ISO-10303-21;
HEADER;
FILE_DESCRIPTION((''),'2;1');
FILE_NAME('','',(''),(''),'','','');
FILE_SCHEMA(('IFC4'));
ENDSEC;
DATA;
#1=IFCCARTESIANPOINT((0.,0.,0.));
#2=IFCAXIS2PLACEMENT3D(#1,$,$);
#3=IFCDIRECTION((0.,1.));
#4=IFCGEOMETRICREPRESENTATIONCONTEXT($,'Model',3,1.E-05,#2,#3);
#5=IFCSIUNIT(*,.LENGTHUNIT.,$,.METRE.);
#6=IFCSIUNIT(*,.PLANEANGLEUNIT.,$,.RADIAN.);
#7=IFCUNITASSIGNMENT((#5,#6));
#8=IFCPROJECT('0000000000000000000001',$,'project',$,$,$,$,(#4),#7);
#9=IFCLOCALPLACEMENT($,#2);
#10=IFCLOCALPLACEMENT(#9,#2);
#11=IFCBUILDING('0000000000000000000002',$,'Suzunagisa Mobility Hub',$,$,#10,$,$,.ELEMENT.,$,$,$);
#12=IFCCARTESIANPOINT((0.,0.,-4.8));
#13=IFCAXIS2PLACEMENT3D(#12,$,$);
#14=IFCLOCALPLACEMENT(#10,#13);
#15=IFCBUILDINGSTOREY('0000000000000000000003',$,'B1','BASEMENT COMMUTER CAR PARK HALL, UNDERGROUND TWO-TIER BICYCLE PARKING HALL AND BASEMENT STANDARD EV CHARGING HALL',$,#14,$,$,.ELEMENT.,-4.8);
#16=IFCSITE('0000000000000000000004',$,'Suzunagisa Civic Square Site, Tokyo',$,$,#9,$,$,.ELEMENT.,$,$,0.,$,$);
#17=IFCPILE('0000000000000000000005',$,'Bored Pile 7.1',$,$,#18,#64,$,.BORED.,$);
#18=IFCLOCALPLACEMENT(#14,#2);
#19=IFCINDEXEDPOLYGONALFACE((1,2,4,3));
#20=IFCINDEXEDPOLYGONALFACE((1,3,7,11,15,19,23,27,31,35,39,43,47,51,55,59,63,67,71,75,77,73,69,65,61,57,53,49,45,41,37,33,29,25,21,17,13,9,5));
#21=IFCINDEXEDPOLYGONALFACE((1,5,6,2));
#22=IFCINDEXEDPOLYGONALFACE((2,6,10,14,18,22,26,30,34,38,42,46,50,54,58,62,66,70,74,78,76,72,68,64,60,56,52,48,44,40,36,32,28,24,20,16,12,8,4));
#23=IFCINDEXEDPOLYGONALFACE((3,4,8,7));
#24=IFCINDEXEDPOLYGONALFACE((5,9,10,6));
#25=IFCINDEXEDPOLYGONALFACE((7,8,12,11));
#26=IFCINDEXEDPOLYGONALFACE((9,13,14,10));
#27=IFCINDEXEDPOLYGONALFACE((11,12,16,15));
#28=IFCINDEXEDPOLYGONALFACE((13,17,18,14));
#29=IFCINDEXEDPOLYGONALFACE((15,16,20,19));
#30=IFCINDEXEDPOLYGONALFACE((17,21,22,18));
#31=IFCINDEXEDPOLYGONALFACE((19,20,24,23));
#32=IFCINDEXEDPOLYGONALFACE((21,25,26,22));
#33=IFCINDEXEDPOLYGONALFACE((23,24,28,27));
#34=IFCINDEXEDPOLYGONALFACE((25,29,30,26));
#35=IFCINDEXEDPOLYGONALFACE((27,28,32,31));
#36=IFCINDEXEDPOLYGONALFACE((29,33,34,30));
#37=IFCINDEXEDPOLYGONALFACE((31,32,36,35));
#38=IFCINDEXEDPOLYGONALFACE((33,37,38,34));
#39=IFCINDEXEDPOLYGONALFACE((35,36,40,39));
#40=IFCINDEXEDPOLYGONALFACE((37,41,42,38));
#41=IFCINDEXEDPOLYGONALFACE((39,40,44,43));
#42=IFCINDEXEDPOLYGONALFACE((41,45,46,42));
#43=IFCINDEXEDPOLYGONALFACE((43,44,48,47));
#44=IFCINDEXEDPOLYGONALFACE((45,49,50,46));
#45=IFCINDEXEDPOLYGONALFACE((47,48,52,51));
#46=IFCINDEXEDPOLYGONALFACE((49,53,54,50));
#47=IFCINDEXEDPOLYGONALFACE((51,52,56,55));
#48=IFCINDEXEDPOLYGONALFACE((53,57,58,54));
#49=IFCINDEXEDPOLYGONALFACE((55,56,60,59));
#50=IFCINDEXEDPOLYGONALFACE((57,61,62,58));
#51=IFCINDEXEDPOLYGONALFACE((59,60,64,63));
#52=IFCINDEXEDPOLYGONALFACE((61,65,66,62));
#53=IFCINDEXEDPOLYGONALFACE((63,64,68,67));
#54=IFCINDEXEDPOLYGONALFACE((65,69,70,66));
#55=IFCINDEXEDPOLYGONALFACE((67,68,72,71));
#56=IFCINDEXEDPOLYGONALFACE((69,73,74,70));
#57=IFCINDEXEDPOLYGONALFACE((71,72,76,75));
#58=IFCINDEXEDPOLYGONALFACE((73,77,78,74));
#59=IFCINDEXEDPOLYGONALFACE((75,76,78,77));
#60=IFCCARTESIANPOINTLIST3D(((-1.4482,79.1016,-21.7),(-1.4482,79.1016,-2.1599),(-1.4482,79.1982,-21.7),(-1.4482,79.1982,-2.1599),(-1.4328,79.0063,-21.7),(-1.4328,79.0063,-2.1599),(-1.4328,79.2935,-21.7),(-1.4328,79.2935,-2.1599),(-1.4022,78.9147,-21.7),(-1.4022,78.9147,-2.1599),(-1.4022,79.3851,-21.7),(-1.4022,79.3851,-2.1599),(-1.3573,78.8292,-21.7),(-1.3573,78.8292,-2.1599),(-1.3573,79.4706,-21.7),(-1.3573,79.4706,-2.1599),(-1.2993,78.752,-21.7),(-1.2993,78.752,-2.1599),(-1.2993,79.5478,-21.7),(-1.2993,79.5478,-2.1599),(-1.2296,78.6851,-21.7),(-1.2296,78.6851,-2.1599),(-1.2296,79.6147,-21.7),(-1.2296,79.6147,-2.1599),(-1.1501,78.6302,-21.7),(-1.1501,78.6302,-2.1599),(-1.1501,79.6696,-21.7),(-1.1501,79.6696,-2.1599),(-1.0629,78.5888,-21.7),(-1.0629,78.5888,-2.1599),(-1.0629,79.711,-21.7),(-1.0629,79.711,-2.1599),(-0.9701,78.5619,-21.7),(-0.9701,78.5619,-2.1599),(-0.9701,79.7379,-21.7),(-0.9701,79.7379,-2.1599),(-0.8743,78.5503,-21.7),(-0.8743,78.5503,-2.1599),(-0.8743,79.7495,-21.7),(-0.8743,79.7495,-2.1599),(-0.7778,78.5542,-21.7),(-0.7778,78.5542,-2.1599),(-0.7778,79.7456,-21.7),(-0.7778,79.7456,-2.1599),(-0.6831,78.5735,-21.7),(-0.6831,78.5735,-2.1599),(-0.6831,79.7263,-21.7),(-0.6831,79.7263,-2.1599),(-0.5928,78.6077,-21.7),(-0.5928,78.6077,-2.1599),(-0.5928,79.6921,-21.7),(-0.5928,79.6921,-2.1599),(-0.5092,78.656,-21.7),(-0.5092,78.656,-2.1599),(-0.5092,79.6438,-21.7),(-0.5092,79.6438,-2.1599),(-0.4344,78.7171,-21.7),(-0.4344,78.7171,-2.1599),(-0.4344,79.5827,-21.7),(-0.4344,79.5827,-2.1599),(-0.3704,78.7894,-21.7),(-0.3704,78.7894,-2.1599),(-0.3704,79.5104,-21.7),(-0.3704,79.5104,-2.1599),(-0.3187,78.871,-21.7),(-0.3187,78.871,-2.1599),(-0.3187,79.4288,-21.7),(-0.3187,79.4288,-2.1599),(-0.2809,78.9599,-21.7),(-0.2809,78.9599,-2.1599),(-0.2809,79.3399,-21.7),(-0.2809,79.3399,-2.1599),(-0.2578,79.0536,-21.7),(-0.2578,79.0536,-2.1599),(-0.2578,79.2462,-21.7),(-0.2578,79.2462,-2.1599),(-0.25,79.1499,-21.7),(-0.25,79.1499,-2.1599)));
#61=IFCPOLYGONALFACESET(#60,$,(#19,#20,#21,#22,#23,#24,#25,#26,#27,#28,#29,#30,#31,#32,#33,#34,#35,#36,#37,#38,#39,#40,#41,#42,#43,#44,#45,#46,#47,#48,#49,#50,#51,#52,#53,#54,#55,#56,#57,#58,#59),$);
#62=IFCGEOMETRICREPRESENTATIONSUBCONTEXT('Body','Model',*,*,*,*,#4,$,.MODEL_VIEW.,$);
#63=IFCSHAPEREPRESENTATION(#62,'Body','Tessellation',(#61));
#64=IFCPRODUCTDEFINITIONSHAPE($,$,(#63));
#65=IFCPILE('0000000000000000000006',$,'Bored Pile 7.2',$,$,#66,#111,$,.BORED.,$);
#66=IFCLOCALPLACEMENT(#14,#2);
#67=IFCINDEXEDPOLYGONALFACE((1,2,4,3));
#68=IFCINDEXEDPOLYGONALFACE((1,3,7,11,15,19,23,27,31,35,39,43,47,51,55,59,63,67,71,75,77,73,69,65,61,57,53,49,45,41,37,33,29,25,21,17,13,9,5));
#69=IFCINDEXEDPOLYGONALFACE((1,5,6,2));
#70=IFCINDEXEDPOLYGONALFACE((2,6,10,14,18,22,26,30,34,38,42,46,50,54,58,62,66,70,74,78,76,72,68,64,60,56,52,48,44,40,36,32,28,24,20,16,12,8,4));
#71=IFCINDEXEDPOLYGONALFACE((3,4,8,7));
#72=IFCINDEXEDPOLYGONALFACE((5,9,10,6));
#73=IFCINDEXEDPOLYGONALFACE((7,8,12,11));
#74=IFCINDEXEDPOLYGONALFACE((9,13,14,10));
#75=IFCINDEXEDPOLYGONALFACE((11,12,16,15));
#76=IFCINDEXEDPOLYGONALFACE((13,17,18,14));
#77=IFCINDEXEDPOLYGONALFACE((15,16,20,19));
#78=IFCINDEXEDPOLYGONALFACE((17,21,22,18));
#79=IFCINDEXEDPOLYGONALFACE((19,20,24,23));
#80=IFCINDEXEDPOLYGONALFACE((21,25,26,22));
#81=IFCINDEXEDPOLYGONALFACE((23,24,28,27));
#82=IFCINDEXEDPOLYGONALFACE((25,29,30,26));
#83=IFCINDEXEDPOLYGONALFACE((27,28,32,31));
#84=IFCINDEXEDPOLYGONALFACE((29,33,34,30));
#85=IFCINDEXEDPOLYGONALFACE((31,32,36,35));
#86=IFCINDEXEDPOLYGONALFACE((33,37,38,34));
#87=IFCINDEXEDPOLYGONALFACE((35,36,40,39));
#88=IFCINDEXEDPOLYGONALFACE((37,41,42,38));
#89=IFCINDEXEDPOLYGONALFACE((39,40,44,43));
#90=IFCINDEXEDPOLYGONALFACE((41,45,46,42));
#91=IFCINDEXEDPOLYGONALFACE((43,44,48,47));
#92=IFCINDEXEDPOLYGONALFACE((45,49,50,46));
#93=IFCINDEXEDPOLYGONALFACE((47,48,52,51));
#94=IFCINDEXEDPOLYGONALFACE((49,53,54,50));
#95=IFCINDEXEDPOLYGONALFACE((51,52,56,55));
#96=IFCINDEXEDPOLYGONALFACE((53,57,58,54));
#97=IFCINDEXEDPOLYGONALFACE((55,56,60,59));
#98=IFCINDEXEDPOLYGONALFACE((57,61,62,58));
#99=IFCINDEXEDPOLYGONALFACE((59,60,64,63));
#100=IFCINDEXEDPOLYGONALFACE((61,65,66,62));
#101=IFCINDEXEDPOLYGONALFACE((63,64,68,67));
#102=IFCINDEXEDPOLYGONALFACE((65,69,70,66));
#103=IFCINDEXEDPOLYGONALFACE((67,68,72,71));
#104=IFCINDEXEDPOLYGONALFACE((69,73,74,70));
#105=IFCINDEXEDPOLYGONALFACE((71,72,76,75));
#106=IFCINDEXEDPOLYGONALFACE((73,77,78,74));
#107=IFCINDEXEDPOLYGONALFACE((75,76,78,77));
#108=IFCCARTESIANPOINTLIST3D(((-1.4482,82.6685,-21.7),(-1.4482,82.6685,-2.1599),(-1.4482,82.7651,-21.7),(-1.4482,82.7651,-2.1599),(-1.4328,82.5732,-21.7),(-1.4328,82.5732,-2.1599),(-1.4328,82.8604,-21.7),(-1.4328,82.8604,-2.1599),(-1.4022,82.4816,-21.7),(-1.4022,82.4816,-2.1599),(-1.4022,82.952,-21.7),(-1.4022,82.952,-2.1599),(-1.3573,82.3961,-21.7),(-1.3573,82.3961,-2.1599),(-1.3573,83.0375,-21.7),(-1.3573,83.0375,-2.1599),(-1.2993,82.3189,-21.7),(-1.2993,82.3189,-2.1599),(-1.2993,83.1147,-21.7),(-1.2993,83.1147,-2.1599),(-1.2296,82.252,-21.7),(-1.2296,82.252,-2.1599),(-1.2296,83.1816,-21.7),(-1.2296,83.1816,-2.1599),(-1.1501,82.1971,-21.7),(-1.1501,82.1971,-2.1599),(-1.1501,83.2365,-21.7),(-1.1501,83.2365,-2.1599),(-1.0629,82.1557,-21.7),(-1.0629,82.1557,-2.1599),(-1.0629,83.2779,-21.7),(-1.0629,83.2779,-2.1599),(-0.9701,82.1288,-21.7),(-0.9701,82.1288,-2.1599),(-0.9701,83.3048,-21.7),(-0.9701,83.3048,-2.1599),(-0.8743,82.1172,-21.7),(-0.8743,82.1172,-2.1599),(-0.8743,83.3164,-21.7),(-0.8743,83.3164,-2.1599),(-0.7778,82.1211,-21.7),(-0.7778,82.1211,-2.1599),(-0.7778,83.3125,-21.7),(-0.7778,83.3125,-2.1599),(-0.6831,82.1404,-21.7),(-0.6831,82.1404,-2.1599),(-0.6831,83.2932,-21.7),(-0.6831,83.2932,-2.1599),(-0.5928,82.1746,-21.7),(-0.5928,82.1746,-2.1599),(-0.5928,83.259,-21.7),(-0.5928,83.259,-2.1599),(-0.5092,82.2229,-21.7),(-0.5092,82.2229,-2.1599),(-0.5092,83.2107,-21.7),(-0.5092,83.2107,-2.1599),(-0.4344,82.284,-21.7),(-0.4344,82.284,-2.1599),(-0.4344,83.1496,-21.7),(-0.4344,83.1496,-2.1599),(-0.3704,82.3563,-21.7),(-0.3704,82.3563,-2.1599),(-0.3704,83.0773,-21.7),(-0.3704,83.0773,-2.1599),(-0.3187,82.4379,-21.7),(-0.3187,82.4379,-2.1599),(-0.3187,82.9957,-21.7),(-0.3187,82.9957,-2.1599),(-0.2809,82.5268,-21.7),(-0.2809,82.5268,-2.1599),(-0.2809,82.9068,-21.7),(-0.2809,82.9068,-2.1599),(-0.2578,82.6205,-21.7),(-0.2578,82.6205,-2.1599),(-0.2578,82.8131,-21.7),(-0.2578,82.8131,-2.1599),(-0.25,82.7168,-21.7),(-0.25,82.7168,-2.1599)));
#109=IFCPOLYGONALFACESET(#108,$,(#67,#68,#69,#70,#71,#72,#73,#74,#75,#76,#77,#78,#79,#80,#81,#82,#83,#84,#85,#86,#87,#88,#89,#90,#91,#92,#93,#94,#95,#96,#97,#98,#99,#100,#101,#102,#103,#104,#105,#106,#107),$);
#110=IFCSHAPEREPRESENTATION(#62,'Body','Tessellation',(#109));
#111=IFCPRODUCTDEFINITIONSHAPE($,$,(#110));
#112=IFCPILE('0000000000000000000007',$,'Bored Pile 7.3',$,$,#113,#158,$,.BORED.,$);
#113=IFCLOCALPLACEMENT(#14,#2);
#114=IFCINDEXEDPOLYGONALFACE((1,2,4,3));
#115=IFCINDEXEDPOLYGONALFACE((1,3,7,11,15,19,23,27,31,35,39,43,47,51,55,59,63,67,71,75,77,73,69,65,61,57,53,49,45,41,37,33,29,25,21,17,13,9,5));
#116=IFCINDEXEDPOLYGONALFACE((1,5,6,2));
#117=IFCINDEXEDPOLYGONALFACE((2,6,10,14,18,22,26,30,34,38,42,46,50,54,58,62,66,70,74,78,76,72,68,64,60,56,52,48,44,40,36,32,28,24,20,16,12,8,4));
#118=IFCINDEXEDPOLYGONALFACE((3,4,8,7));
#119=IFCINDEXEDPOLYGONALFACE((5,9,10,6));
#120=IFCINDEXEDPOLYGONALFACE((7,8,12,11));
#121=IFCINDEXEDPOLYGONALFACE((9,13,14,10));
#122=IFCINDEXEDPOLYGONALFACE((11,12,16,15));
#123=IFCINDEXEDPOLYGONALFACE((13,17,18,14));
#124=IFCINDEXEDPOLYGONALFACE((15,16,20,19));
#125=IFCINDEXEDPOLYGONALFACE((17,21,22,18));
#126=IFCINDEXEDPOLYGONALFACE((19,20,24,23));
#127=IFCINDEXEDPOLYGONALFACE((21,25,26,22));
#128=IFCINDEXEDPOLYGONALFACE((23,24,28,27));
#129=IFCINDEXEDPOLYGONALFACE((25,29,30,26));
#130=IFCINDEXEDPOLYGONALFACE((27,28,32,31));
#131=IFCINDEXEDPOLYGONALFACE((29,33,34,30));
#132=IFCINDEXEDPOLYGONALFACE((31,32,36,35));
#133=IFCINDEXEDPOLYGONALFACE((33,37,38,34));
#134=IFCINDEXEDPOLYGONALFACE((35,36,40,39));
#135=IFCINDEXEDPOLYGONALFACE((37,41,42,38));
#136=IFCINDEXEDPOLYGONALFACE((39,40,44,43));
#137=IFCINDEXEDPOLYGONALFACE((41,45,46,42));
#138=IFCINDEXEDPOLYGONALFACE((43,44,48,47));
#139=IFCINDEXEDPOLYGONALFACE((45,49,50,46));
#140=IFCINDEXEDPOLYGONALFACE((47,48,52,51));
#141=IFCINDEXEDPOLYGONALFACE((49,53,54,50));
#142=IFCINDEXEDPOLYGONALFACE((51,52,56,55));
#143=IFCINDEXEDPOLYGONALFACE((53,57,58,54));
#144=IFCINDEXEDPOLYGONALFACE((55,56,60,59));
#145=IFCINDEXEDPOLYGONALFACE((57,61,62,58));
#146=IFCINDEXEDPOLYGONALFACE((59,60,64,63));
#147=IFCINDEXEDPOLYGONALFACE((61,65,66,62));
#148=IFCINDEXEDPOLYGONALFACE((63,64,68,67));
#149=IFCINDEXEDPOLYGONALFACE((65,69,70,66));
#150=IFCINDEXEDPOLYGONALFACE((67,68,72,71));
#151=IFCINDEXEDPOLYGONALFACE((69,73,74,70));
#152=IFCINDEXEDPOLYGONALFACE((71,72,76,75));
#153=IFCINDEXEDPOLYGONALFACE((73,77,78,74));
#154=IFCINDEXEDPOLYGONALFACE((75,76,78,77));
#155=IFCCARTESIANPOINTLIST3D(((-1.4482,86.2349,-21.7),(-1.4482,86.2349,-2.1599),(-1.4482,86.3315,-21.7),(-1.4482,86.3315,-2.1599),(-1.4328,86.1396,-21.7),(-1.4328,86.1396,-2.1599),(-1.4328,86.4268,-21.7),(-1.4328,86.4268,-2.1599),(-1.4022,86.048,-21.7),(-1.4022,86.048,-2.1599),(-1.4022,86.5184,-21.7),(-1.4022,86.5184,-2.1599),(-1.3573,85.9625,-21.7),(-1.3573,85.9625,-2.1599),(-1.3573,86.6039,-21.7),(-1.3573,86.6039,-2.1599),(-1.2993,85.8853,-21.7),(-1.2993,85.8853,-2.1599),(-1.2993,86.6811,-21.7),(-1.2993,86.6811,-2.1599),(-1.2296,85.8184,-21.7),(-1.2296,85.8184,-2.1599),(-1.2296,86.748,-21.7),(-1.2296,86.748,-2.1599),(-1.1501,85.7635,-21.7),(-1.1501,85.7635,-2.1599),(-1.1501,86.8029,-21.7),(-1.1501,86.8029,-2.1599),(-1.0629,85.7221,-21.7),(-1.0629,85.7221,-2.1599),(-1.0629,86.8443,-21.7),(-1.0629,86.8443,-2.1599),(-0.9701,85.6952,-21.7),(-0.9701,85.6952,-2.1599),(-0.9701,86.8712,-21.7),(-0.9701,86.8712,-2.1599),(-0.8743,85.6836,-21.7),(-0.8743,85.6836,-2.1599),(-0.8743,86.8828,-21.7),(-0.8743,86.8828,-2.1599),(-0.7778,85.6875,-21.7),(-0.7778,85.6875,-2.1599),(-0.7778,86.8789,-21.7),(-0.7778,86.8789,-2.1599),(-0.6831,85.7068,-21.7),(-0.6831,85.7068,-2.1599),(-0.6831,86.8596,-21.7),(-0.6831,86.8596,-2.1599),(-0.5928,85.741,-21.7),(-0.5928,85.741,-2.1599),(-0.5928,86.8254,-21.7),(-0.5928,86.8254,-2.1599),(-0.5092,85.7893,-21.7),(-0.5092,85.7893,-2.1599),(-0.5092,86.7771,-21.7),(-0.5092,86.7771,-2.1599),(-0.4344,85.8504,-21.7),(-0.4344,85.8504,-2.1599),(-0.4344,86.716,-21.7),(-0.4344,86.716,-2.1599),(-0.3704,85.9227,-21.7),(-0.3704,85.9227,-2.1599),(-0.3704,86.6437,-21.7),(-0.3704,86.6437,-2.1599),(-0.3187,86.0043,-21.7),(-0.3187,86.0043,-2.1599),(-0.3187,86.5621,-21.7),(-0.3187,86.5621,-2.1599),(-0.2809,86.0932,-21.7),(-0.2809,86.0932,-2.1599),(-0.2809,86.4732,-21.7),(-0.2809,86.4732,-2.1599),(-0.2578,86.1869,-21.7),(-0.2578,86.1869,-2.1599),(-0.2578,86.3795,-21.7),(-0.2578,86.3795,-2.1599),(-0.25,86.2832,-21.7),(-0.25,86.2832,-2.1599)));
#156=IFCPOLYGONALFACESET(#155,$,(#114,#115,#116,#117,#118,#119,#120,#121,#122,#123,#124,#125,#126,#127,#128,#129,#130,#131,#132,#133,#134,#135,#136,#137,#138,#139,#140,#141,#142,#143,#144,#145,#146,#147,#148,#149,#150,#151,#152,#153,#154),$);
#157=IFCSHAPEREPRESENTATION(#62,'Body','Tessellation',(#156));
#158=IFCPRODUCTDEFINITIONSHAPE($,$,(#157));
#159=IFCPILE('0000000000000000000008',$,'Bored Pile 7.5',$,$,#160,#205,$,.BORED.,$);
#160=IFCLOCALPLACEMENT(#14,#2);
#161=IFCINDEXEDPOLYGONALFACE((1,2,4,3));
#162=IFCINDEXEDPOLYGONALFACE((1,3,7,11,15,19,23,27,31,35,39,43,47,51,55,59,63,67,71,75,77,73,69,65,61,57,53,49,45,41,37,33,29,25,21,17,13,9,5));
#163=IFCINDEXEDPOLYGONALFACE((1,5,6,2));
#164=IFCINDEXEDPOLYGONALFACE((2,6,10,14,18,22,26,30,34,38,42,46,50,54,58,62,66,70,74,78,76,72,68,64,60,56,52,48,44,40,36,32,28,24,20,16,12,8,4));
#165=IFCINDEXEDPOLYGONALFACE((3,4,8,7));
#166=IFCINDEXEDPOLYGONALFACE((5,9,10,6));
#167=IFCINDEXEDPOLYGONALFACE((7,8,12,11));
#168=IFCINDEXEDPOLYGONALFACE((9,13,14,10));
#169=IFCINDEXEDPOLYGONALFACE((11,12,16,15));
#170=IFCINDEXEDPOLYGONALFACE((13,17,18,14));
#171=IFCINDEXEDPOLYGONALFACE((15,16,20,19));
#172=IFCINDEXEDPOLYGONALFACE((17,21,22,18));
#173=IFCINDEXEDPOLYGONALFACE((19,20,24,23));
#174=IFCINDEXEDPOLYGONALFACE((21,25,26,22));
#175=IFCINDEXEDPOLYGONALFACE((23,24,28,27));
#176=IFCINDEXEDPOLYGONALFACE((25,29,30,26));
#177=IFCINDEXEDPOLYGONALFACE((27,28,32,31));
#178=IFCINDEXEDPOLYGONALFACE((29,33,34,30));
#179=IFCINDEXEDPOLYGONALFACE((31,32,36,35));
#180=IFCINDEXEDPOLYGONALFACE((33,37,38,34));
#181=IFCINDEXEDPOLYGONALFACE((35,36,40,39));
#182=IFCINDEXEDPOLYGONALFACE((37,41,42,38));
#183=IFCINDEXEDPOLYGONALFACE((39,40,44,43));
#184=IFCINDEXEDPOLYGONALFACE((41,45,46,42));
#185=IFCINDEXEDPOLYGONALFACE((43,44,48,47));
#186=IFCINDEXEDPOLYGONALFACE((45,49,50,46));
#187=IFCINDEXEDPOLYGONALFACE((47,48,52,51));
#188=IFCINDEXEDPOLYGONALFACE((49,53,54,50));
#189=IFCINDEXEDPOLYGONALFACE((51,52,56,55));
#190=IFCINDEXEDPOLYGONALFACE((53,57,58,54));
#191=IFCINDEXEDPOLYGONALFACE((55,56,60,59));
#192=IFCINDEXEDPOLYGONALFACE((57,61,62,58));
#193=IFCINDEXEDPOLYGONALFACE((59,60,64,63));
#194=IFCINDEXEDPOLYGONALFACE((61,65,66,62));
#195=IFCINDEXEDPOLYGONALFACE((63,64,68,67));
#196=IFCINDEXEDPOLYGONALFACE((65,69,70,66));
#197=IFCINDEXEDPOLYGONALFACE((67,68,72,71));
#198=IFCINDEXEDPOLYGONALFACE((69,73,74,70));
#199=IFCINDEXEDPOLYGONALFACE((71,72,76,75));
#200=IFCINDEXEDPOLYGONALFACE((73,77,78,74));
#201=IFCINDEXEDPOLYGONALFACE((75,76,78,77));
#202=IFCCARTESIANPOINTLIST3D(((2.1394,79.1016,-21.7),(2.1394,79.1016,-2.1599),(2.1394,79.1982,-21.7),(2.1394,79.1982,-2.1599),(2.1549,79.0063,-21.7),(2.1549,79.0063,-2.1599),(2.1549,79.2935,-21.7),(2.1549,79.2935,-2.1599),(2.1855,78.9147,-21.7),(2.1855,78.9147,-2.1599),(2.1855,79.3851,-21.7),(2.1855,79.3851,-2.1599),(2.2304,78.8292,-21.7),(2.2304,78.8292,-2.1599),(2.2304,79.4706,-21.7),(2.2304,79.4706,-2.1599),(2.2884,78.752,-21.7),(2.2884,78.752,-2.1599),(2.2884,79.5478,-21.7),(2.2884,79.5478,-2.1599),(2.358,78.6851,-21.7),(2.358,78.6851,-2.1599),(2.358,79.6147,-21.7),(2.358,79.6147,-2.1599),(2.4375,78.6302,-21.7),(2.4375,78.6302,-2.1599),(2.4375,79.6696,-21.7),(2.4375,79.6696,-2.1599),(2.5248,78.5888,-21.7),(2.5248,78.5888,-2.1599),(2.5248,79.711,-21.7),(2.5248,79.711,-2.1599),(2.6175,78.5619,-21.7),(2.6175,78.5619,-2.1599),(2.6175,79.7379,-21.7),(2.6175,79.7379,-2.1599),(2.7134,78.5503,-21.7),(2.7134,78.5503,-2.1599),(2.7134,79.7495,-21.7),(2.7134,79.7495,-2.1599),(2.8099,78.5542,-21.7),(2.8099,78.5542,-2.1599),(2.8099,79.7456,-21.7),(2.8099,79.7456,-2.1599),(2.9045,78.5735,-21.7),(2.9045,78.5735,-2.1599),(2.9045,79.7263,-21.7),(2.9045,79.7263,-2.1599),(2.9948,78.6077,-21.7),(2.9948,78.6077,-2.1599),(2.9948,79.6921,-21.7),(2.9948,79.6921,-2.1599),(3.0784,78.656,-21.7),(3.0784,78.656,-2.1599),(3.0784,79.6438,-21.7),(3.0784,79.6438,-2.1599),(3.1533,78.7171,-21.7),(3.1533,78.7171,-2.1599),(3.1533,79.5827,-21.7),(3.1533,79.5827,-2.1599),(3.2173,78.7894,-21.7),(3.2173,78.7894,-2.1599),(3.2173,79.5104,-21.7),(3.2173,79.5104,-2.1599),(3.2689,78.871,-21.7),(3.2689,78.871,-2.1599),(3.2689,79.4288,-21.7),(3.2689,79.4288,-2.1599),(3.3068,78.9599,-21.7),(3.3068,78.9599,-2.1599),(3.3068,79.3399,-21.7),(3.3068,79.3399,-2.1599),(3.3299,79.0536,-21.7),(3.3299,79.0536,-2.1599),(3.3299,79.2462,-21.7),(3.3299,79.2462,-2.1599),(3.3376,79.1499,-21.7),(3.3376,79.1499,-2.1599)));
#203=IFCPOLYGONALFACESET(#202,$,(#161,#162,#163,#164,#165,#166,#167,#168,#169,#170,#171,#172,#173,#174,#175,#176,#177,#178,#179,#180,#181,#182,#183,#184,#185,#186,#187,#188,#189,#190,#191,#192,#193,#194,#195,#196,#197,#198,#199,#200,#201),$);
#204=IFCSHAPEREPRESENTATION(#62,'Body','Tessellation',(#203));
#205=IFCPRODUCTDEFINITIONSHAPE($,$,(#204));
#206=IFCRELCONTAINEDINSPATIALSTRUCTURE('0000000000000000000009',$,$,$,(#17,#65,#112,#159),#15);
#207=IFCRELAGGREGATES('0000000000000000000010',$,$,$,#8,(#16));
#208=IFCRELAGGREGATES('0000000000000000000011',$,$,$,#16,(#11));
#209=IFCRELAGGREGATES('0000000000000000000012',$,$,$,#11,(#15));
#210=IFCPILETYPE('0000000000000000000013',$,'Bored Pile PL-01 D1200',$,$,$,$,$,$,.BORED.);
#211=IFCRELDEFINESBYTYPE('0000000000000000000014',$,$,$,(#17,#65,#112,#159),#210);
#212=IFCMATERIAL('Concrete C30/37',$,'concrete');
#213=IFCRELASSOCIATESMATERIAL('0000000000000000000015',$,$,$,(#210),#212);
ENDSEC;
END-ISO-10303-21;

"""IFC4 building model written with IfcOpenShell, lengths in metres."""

from ifc_helpers import new_model, si_unit, direction, frame, origin, origin_2d, place, context, subcontext, project, spatial, circle, extrude, material, material_profile, profile_set, type_object, element, save


model = new_model("IFC4")

# Units and contexts
model_context = context("Model", 3, precision=1e-05, world=origin(), true_north=direction((0.0, 1.0)))
body_context = subcontext(model_context, "Body", "Model", "MODEL_VIEW")
ifc_project = project(units=[si_unit("LENGTHUNIT", "METRE"), si_unit("PLANEANGLEUNIT", "RADIAN")], contexts=[model_context])

# Site, building, storey
site_placement = place(None, origin())
site = spatial("IfcSite", under=ifc_project, at=site_placement, Name="Suzunagisa Civic Square Site, Tokyo", CompositionType="ELEMENT", RefElevation=0.0)
building_placement = place(site_placement, origin())
building = spatial("IfcBuilding", under=site, at=building_placement, Name="Suzunagisa Mobility Hub", CompositionType="ELEMENT")
storey_placement = place(building_placement, frame((0.0, 0.0, -4.8)))
storey = spatial("IfcBuildingStorey", under=building, at=storey_placement, Name="B1", Description="BASEMENT COMMUTER CAR PARK HALL, UNDERGROUND TWO-TIER BICYCLE PARKING HALL AND BASEMENT STANDARD EV CHARGING HALL", CompositionType="ELEMENT", Elevation=-4.8)

# Piles
ifc_material_1 = material(Name="Concrete C30/37", Category="concrete")
ifc_material_profile_1 = material_profile(ifc_material_1, circle(Radius=0.6001, at=origin_2d()), Name="BORED PILE D1200")
ifc_profile_set_1 = profile_set([ifc_material_profile_1], Name="Concrete C30/37")
pile_type_1 = type_object("IfcPileType", Name="Bored Pile PL-01 D1200", PredefinedType="BORED", material=ifc_profile_set_1)
for number, where, z_axis, x_axis, name in (
    (1, (-0.8501, 79.1499, -2.1599), (0.0, 0.0, -1.0), (1.0, 0.0, 0.0), "Bored Pile 7.1"),
    (2, (-0.8501, 82.7168, -2.1599), (0.0, 0.0, -1.0), (1.0, 0.0, 0.0), "Bored Pile 7.2"),
    (3, (-0.8501, 86.2832, -2.1599), (0.0, 0.0, -1.0), (1.0, 0.0, 0.0), "Bored Pile 7.3"),
    (4, (2.7375, 79.1499, -2.1599), (0.0, 0.0, -1.0), (1.0, 0.0, 0.0), "Bored Pile 7.5"),
):
    element("IfcPile", number, at=place(storey_placement, frame(where, z_axis=z_axis, x_axis=x_axis)), inside=storey, type_object=pile_type_1, Name=name, PredefinedType="BORED", context=body_context, shape_type="SweptSolid", body=[
        extrude(circle(Radius=0.6001, at=origin_2d()), origin(), (0.0, 0.0, 1.0), 19.54),
    ])

save(model, "model.ifc")
